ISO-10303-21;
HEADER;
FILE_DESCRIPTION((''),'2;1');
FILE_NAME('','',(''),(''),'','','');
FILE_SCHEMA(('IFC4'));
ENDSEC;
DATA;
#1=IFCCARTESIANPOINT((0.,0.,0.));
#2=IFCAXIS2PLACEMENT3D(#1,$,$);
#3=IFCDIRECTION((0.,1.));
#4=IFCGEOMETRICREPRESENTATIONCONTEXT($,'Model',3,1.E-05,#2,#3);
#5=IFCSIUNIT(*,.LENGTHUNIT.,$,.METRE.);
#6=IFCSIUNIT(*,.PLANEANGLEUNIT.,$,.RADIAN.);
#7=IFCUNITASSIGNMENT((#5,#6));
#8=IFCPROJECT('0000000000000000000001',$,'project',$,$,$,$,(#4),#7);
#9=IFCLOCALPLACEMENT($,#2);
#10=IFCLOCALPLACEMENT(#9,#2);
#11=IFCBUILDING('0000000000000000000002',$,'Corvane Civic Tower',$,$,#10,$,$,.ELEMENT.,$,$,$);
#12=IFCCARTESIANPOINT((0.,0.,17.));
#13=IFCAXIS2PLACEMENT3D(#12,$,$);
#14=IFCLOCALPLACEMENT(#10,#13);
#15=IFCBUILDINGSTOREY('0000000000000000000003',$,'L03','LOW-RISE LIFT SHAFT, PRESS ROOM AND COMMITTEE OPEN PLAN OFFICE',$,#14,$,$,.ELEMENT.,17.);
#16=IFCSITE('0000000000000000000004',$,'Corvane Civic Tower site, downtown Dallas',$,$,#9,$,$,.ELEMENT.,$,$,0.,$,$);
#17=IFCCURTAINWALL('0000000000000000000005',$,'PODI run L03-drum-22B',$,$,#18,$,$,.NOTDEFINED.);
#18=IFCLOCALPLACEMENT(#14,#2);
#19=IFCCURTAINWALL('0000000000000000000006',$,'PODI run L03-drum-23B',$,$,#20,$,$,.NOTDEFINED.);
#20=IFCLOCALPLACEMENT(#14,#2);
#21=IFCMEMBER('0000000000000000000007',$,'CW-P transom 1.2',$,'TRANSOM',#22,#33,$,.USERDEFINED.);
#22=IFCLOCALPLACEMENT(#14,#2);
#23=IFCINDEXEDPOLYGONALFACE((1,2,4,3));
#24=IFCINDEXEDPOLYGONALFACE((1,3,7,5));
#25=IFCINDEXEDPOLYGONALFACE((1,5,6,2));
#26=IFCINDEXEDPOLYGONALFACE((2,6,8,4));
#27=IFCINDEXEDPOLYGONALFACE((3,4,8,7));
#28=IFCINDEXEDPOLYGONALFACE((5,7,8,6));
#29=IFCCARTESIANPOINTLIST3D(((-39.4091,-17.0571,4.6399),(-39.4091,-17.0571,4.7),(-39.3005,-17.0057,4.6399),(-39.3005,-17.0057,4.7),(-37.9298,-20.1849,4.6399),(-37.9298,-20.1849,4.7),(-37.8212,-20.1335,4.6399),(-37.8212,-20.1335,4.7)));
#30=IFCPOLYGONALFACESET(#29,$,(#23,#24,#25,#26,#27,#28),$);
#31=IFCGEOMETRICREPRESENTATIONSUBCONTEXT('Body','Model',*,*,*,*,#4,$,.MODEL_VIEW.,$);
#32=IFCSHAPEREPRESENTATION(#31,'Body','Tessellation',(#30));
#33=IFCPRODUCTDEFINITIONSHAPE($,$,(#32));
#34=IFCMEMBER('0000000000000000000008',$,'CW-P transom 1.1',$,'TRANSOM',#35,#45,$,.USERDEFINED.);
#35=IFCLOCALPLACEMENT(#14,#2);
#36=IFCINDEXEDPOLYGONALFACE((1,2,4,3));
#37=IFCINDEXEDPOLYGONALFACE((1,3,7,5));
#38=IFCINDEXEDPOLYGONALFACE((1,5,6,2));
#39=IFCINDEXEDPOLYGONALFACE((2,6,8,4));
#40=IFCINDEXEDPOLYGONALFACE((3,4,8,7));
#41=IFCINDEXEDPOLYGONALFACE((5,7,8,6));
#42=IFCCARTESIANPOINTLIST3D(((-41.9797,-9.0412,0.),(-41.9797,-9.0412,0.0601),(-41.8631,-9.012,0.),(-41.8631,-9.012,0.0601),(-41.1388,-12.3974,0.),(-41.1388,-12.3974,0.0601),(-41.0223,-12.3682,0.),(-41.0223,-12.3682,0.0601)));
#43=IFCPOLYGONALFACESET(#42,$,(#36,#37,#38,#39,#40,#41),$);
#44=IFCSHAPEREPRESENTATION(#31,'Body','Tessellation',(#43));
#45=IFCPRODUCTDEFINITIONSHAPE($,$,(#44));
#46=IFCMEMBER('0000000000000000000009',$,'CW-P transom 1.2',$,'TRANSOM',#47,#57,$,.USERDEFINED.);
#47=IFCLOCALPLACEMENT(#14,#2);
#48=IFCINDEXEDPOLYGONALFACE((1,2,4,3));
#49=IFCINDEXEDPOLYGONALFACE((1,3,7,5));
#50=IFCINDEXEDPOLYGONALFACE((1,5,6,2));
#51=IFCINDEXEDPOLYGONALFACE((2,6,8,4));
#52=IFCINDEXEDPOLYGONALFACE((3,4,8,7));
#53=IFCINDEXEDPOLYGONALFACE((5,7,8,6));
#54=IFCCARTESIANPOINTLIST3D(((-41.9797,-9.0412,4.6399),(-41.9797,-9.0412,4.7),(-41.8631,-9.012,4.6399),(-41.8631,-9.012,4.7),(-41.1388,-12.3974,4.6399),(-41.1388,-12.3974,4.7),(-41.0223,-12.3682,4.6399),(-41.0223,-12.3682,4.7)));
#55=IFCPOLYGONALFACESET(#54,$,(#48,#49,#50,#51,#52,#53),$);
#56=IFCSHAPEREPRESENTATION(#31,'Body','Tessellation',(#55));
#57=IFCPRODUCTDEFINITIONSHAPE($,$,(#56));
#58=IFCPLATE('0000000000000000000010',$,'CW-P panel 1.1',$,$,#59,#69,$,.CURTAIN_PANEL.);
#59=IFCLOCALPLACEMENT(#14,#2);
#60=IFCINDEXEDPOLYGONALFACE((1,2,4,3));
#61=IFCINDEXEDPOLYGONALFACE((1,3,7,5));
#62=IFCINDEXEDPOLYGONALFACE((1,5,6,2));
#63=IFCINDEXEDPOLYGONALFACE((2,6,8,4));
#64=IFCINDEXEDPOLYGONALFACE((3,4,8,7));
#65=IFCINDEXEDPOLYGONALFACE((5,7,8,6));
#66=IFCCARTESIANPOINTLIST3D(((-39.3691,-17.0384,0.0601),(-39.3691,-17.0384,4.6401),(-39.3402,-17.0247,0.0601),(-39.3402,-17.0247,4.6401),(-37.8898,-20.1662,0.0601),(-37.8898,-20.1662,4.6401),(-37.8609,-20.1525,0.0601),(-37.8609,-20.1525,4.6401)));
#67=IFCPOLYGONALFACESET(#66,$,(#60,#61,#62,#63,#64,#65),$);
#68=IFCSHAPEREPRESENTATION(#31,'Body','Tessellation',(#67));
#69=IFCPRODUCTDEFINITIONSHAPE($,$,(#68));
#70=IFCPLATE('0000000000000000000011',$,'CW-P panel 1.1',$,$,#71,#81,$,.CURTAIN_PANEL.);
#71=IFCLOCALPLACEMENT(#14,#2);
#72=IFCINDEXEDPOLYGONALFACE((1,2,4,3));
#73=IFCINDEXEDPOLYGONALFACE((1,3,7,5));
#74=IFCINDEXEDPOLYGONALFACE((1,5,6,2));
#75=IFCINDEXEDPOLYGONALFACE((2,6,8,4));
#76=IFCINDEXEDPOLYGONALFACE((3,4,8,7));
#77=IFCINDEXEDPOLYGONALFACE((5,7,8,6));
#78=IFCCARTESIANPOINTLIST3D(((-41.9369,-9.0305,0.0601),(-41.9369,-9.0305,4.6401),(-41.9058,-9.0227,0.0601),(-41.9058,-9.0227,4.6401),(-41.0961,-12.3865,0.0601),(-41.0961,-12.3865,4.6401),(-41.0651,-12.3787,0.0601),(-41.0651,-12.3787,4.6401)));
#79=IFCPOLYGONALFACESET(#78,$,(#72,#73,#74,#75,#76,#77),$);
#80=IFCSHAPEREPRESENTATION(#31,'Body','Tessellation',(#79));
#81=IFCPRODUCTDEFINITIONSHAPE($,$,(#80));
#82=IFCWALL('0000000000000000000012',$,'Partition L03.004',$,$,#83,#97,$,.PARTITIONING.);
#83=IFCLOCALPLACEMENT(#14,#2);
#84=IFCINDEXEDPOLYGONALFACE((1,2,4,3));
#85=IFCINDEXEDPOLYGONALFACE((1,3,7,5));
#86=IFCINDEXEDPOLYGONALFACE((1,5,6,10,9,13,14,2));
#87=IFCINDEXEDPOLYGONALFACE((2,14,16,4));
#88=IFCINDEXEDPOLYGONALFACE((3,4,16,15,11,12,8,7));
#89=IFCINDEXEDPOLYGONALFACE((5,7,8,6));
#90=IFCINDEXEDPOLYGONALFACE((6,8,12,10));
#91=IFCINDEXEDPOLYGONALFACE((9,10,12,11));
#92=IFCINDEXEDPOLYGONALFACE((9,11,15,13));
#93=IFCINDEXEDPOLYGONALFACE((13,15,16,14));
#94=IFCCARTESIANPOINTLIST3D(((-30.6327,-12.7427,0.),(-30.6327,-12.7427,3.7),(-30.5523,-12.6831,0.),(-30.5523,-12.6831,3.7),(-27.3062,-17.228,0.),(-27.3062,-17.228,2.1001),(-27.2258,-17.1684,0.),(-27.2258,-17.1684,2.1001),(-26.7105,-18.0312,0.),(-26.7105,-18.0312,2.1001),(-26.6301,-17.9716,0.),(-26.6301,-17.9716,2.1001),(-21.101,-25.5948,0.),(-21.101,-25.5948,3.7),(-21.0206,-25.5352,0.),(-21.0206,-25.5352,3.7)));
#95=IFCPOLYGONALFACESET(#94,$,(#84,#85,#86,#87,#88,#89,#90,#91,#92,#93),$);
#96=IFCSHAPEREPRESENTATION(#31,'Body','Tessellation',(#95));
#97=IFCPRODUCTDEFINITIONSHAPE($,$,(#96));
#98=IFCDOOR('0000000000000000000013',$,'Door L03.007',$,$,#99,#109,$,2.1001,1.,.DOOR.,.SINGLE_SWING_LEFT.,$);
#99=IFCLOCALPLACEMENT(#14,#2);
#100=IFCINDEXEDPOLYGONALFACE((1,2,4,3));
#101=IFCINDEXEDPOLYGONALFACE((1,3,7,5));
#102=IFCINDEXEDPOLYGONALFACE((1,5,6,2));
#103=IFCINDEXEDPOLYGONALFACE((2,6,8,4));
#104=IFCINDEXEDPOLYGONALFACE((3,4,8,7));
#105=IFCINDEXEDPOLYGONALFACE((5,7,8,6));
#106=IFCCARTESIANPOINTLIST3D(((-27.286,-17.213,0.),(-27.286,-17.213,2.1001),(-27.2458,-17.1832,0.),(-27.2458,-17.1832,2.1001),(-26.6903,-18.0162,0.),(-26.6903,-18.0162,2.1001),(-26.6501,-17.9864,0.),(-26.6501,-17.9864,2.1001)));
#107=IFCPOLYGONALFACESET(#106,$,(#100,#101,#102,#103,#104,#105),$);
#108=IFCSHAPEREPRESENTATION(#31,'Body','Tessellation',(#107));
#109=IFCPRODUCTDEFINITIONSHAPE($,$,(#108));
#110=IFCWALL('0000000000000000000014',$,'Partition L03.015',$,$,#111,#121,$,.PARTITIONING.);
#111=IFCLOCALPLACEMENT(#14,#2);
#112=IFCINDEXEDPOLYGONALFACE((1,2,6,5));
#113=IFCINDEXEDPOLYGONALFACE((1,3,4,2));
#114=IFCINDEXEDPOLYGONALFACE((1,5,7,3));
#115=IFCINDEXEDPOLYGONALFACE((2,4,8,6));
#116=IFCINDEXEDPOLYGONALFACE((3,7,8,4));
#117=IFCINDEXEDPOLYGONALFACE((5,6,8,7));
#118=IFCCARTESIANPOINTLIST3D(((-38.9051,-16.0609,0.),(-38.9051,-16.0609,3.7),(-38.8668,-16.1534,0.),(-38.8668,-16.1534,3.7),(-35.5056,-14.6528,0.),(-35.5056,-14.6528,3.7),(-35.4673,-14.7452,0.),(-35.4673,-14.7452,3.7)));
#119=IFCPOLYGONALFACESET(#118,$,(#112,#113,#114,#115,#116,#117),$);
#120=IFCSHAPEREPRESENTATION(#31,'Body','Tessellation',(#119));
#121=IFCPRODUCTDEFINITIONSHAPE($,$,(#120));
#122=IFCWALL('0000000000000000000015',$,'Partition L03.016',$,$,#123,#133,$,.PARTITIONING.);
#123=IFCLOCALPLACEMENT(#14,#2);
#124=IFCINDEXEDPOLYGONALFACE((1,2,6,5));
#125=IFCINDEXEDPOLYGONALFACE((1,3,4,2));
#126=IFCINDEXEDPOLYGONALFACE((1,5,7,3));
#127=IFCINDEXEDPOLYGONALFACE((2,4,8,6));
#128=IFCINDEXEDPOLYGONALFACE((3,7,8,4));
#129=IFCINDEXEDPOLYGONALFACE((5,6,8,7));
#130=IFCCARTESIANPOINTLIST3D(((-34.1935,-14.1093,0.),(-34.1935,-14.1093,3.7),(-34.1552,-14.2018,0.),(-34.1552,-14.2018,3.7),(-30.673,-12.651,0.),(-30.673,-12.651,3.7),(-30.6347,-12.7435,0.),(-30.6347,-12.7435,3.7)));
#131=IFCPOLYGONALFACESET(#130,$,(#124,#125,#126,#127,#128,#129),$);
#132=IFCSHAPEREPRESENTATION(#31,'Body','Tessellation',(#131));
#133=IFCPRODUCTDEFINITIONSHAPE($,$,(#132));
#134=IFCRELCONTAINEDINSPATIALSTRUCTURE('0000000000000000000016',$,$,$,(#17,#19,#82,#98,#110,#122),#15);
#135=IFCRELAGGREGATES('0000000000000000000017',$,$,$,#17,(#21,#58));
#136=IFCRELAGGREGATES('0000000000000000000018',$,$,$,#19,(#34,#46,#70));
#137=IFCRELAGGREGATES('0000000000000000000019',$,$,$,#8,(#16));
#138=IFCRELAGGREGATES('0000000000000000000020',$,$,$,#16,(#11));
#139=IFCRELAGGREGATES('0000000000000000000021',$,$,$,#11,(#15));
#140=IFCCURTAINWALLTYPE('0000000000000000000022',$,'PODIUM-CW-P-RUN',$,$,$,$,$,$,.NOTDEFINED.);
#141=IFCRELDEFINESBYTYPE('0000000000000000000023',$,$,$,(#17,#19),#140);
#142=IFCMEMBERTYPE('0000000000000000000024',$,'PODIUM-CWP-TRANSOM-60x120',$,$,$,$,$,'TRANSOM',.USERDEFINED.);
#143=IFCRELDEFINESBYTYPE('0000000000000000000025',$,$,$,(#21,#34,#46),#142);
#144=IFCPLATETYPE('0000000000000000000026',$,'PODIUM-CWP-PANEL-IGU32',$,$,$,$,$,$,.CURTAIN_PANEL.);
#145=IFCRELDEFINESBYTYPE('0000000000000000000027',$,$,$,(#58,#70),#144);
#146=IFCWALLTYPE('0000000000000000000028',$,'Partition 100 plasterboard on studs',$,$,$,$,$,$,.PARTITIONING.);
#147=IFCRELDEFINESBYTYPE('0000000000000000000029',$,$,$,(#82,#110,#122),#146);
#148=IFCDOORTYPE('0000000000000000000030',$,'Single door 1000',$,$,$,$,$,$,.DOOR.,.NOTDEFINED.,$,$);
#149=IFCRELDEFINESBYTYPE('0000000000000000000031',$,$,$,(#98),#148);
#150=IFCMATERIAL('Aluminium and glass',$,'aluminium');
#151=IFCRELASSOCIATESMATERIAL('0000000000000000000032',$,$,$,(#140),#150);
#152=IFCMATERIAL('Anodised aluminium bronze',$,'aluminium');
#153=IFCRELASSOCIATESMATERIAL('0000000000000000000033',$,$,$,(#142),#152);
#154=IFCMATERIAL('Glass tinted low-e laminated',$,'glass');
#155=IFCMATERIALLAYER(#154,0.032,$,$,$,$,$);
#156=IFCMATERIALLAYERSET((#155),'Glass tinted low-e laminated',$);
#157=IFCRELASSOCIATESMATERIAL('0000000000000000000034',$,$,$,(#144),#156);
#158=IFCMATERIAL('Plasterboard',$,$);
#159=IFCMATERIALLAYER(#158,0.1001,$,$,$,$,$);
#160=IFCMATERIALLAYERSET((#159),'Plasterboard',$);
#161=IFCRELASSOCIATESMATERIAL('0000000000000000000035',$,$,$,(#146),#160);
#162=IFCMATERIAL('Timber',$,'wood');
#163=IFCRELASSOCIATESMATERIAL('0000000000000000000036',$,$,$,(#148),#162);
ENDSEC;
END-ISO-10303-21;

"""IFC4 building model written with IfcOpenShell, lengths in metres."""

from ifc_helpers import new_model, si_unit, direction, frame, frame_2d, origin, origin_2d, place, context, subcontext, project, spatial, rectangle, extrude, material, layer, layer_set, material_profile, profile_set, type_object, element, fill, aggregate, save


model = new_model("IFC4")

# Units and contexts
model_context = context("Model", 3, precision=1e-05, world=origin(), true_north=direction((0.0, 1.0)))
body_context = subcontext(model_context, "Body", "Model", "MODEL_VIEW")
ifc_project = project(units=[si_unit("LENGTHUNIT", "METRE"), si_unit("PLANEANGLEUNIT", "RADIAN")], contexts=[model_context])

# Site, building, storey
site_placement = place(None, origin())
site = spatial("IfcSite", under=ifc_project, at=site_placement, Name="Corvane Civic Tower site, downtown Dallas", CompositionType="ELEMENT", RefElevation=0.0)
building_placement = place(site_placement, origin())
building = spatial("IfcBuilding", under=site, at=building_placement, Name="Corvane Civic Tower", CompositionType="ELEMENT")
storey_placement = place(building_placement, frame((0.0, 0.0, 17.0)))
storey = spatial("IfcBuildingStorey", under=building, at=storey_placement, Name="L03", Description="LOW-RISE LIFT SHAFT, PRESS ROOM AND COMMITTEE OPEN PLAN OFFICE", CompositionType="ELEMENT", Elevation=17.0)

# Curtain wall
ifc_material_1 = material(Name="Aluminium and glass", Category="aluminium")
curtain_wall_type = type_object("IfcCurtainWallType", Name="PODIUM-CW-P-RUN", PredefinedType="NOTDEFINED", material=ifc_material_1)
curtain_wall_1_placement = place(storey_placement, origin())
curtain_wall_1 = element("IfcCurtainWall", 1, at=curtain_wall_1_placement, inside=storey, type_object=curtain_wall_type, Name="PODI run L03-drum-22B", PredefinedType="NOTDEFINED")

# Curtain wall
curtain_wall_2_placement = place(storey_placement, origin())
curtain_wall_2 = element("IfcCurtainWall", 2, at=curtain_wall_2_placement, inside=storey, type_object=curtain_wall_type, Name="PODI run L03-drum-23B", PredefinedType="NOTDEFINED")

# Members
ifc_material_2 = material(Name="Anodised aluminium bronze", Category="aluminium")
ifc_material_profile_1 = material_profile(ifc_material_2, rectangle(XDim=0.1201, YDim=0.0601, at=origin_2d()), Name="AL 120x60")
ifc_profile_set_1 = profile_set([ifc_material_profile_1], Name="Anodised aluminium bronze")
member_type_1 = type_object("IfcMemberType", Name="PODIUM-CWP-TRANSOM-60x120", ElementType="TRANSOM", PredefinedType="USERDEFINED", material=ifc_profile_set_1)
member_1_placement = place(storey_placement, frame((-37.8755, -20.1592, 4.6699), z_axis=(-0.427546, 0.903993, 0.0), x_axis=(-0.903993, -0.427546, 0.0)))
member_1 = element("IfcMember", 3, at=member_1_placement, type_object=member_type_1, Name="CW-P transom 1.2", ObjectType="TRANSOM", PredefinedType="USERDEFINED", context=body_context, shape_type="SweptSolid", body=[
    extrude(rectangle(XDim=0.1201, YDim=0.0601, at=origin_2d()), origin(), (0.0, 0.0, 1.0), 3.46),
])
member_2_placement = place(storey_placement, frame((-41.0806, -12.3828, 0.03), z_axis=(-0.243017, 0.970022, 0.0), x_axis=(-0.970022, -0.243017, 0.0)))
member_2 = element("IfcMember", 4, at=member_2_placement, type_object=member_type_1, Name="CW-P transom 1.1", ObjectType="TRANSOM", PredefinedType="USERDEFINED", context=body_context, shape_type="SweptSolid", body=[
    extrude(rectangle(XDim=0.1201, YDim=0.0601, at=origin_2d()), origin(), (0.0, 0.0, 1.0), 3.46),
])
member_3_placement = place(storey_placement, frame((-41.0806, -12.3828, 4.6699), z_axis=(-0.243017, 0.970022, 0.0), x_axis=(-0.970022, -0.243017, 0.0)))
member_3 = element("IfcMember", 5, at=member_3_placement, type_object=member_type_1, Name="CW-P transom 1.2", ObjectType="TRANSOM", PredefinedType="USERDEFINED", context=body_context, shape_type="SweptSolid", body=[
    extrude(rectangle(XDim=0.1201, YDim=0.0601, at=origin_2d()), origin(), (0.0, 0.0, 1.0), 3.46),
])

# Plates
ifc_material_3 = material(Name="Glass tinted low-e laminated", Category="glass")
ifc_layer_1 = layer(ifc_material_3, 0.032)
ifc_layer_set_1 = layer_set([ifc_layer_1], Name="Glass tinted low-e laminated")
plate_type = type_object("IfcPlateType", Name="PODIUM-CWP-PANEL-IGU32", PredefinedType="CURTAIN_PANEL", material=ifc_layer_set_1)
plate_1_placement = place(storey_placement, frame((-38.615, -18.5955, 0.0601), z_axis=(0.0, 0.0, 1.0), x_axis=(-0.427553, 0.90399, 0.0)))
plate_1 = element("IfcPlate", 6, at=plate_1_placement, type_object=plate_type, Name="CW-P panel 1.1", PredefinedType="CURTAIN_PANEL", context=body_context, shape_type="SweptSolid", body=[
    extrude(rectangle(XDim=3.46, YDim=0.032, at=origin_2d()), origin(), (0.0, 0.0, 1.0), 4.5801),
])
aggregate(curtain_wall_1, [member_1, plate_1])
plate_2_placement = place(storey_placement, frame((-41.501, -10.7046, 0.0601), z_axis=(0.0, 0.0, 1.0), x_axis=(-0.243009, 0.970024, 0.0)))
plate_2 = element("IfcPlate", 7, at=plate_2_placement, type_object=plate_type, Name="CW-P panel 1.1", PredefinedType="CURTAIN_PANEL", context=body_context, shape_type="SweptSolid", body=[
    extrude(rectangle(XDim=3.4597, YDim=0.032, at=origin_2d()), origin(), (0.0, 0.0, 1.0), 4.5801),
])
aggregate(curtain_wall_2, [member_2, member_3, plate_2])

# Wall, opening, door
ifc_material_4 = material(Name="Plasterboard")
ifc_layer_2 = layer(ifc_material_4, 0.1001)
ifc_layer_set_2 = layer_set([ifc_layer_2], Name="Plasterboard")
wall_type_1 = type_object("IfcWallType", Name="Partition 100 plasterboard on studs", PredefinedType="PARTITIONING", material=ifc_layer_set_2)
wall_1_placement = place(storey_placement, frame((-30.5925, -12.7129, 0.0), z_axis=(0.0, 0.0, 1.0), x_axis=(0.5957, -0.803207, 0.0)))
wall_1 = element("IfcWall", 8, at=wall_1_placement, inside=storey, type_object=wall_type_1, Name="Partition L03.004", PredefinedType="PARTITIONING", context=body_context, shape_type="SweptSolid", body=[
    extrude(rectangle(XDim=16.001, YDim=0.1001, at=frame_2d((8.0005, 0.0))), origin(), (0.0, 0.0, 1.0), 3.7),
])
opening_1_placement = place(wall_1_placement, frame((5.5842, 0.0, 0.0)))
opening_1 = element("IfcOpeningElement", 9, at=opening_1_placement, cuts=wall_1, PredefinedType="OPENING", context=body_context, shape_type="SweptSolid", body=[
    extrude(rectangle(XDim=1.0, YDim=2.1001, at=frame_2d((0.5, 1.05))), frame((0.0, 0.0601, 0.0), z_axis=(0.0, -1.0, 0.0), x_axis=(1.0, 0.0, 0.0)), (0.0, 0.0, 1.0), 0.1201),
])
ifc_material_5 = material(Name="Timber", Category="wood")
door_type_1 = type_object("IfcDoorType", Name="Single door 1000", OperationType="NOTDEFINED", PredefinedType="DOOR", material=ifc_material_5)
door_1_placement = place(opening_1_placement, frame((1.0, 0.0, 0.0), z_axis=(0.0, 0.0, 1.0), x_axis=(-1.0, 0.0, 0.0)))
door_1 = element("IfcDoor", 10, at=door_1_placement, inside=storey, type_object=door_type_1, Name="Door L03.007", OperationType="SINGLE_SWING_LEFT", OverallHeight=2.1001, OverallWidth=1.0, PredefinedType="DOOR", context=body_context, shape_type="SweptSolid", body=[
    extrude(rectangle(XDim=1.0, YDim=2.1001, at=frame_2d((0.5, 1.05))), frame((0.0, 0.0249, 0.0), z_axis=(0.0, -1.0, 0.0), x_axis=(1.0, 0.0, 0.0)), (0.0, 0.0, 1.0), 0.05),
])
fill(opening_1, door_1)

# Walls
wall_2_placement = place(storey_placement, frame((-38.886, -16.1072, 0.0), z_axis=(0.0, 0.0, 1.0), x_axis=(0.923878, 0.382688, 0.0)))
element("IfcWall", 11, at=wall_2_placement, inside=storey, type_object=wall_type_1, Name="Partition L03.015", PredefinedType="PARTITIONING", context=body_context, shape_type="SweptSolid", body=[
    extrude(rectangle(XDim=3.6797, YDim=0.1001, at=frame_2d((1.8398, 0.0))), origin(), (0.0, 0.0, 1.0), 3.7),
])
wall_3_placement = place(storey_placement, frame((-34.1743, -14.1555, 0.0), z_axis=(0.0, 0.0, 1.0), x_axis=(0.923879, 0.382686, 0.0)))
element("IfcWall", 12, at=wall_3_placement, inside=storey, type_object=wall_type_1, Name="Partition L03.016", PredefinedType="PARTITIONING", context=body_context, shape_type="SweptSolid", body=[
    extrude(rectangle(XDim=3.8105, YDim=0.1001, at=frame_2d((1.9053, 0.0))), origin(), (0.0, 0.0, 1.0), 3.7),
])

save(model, "model.ifc")
